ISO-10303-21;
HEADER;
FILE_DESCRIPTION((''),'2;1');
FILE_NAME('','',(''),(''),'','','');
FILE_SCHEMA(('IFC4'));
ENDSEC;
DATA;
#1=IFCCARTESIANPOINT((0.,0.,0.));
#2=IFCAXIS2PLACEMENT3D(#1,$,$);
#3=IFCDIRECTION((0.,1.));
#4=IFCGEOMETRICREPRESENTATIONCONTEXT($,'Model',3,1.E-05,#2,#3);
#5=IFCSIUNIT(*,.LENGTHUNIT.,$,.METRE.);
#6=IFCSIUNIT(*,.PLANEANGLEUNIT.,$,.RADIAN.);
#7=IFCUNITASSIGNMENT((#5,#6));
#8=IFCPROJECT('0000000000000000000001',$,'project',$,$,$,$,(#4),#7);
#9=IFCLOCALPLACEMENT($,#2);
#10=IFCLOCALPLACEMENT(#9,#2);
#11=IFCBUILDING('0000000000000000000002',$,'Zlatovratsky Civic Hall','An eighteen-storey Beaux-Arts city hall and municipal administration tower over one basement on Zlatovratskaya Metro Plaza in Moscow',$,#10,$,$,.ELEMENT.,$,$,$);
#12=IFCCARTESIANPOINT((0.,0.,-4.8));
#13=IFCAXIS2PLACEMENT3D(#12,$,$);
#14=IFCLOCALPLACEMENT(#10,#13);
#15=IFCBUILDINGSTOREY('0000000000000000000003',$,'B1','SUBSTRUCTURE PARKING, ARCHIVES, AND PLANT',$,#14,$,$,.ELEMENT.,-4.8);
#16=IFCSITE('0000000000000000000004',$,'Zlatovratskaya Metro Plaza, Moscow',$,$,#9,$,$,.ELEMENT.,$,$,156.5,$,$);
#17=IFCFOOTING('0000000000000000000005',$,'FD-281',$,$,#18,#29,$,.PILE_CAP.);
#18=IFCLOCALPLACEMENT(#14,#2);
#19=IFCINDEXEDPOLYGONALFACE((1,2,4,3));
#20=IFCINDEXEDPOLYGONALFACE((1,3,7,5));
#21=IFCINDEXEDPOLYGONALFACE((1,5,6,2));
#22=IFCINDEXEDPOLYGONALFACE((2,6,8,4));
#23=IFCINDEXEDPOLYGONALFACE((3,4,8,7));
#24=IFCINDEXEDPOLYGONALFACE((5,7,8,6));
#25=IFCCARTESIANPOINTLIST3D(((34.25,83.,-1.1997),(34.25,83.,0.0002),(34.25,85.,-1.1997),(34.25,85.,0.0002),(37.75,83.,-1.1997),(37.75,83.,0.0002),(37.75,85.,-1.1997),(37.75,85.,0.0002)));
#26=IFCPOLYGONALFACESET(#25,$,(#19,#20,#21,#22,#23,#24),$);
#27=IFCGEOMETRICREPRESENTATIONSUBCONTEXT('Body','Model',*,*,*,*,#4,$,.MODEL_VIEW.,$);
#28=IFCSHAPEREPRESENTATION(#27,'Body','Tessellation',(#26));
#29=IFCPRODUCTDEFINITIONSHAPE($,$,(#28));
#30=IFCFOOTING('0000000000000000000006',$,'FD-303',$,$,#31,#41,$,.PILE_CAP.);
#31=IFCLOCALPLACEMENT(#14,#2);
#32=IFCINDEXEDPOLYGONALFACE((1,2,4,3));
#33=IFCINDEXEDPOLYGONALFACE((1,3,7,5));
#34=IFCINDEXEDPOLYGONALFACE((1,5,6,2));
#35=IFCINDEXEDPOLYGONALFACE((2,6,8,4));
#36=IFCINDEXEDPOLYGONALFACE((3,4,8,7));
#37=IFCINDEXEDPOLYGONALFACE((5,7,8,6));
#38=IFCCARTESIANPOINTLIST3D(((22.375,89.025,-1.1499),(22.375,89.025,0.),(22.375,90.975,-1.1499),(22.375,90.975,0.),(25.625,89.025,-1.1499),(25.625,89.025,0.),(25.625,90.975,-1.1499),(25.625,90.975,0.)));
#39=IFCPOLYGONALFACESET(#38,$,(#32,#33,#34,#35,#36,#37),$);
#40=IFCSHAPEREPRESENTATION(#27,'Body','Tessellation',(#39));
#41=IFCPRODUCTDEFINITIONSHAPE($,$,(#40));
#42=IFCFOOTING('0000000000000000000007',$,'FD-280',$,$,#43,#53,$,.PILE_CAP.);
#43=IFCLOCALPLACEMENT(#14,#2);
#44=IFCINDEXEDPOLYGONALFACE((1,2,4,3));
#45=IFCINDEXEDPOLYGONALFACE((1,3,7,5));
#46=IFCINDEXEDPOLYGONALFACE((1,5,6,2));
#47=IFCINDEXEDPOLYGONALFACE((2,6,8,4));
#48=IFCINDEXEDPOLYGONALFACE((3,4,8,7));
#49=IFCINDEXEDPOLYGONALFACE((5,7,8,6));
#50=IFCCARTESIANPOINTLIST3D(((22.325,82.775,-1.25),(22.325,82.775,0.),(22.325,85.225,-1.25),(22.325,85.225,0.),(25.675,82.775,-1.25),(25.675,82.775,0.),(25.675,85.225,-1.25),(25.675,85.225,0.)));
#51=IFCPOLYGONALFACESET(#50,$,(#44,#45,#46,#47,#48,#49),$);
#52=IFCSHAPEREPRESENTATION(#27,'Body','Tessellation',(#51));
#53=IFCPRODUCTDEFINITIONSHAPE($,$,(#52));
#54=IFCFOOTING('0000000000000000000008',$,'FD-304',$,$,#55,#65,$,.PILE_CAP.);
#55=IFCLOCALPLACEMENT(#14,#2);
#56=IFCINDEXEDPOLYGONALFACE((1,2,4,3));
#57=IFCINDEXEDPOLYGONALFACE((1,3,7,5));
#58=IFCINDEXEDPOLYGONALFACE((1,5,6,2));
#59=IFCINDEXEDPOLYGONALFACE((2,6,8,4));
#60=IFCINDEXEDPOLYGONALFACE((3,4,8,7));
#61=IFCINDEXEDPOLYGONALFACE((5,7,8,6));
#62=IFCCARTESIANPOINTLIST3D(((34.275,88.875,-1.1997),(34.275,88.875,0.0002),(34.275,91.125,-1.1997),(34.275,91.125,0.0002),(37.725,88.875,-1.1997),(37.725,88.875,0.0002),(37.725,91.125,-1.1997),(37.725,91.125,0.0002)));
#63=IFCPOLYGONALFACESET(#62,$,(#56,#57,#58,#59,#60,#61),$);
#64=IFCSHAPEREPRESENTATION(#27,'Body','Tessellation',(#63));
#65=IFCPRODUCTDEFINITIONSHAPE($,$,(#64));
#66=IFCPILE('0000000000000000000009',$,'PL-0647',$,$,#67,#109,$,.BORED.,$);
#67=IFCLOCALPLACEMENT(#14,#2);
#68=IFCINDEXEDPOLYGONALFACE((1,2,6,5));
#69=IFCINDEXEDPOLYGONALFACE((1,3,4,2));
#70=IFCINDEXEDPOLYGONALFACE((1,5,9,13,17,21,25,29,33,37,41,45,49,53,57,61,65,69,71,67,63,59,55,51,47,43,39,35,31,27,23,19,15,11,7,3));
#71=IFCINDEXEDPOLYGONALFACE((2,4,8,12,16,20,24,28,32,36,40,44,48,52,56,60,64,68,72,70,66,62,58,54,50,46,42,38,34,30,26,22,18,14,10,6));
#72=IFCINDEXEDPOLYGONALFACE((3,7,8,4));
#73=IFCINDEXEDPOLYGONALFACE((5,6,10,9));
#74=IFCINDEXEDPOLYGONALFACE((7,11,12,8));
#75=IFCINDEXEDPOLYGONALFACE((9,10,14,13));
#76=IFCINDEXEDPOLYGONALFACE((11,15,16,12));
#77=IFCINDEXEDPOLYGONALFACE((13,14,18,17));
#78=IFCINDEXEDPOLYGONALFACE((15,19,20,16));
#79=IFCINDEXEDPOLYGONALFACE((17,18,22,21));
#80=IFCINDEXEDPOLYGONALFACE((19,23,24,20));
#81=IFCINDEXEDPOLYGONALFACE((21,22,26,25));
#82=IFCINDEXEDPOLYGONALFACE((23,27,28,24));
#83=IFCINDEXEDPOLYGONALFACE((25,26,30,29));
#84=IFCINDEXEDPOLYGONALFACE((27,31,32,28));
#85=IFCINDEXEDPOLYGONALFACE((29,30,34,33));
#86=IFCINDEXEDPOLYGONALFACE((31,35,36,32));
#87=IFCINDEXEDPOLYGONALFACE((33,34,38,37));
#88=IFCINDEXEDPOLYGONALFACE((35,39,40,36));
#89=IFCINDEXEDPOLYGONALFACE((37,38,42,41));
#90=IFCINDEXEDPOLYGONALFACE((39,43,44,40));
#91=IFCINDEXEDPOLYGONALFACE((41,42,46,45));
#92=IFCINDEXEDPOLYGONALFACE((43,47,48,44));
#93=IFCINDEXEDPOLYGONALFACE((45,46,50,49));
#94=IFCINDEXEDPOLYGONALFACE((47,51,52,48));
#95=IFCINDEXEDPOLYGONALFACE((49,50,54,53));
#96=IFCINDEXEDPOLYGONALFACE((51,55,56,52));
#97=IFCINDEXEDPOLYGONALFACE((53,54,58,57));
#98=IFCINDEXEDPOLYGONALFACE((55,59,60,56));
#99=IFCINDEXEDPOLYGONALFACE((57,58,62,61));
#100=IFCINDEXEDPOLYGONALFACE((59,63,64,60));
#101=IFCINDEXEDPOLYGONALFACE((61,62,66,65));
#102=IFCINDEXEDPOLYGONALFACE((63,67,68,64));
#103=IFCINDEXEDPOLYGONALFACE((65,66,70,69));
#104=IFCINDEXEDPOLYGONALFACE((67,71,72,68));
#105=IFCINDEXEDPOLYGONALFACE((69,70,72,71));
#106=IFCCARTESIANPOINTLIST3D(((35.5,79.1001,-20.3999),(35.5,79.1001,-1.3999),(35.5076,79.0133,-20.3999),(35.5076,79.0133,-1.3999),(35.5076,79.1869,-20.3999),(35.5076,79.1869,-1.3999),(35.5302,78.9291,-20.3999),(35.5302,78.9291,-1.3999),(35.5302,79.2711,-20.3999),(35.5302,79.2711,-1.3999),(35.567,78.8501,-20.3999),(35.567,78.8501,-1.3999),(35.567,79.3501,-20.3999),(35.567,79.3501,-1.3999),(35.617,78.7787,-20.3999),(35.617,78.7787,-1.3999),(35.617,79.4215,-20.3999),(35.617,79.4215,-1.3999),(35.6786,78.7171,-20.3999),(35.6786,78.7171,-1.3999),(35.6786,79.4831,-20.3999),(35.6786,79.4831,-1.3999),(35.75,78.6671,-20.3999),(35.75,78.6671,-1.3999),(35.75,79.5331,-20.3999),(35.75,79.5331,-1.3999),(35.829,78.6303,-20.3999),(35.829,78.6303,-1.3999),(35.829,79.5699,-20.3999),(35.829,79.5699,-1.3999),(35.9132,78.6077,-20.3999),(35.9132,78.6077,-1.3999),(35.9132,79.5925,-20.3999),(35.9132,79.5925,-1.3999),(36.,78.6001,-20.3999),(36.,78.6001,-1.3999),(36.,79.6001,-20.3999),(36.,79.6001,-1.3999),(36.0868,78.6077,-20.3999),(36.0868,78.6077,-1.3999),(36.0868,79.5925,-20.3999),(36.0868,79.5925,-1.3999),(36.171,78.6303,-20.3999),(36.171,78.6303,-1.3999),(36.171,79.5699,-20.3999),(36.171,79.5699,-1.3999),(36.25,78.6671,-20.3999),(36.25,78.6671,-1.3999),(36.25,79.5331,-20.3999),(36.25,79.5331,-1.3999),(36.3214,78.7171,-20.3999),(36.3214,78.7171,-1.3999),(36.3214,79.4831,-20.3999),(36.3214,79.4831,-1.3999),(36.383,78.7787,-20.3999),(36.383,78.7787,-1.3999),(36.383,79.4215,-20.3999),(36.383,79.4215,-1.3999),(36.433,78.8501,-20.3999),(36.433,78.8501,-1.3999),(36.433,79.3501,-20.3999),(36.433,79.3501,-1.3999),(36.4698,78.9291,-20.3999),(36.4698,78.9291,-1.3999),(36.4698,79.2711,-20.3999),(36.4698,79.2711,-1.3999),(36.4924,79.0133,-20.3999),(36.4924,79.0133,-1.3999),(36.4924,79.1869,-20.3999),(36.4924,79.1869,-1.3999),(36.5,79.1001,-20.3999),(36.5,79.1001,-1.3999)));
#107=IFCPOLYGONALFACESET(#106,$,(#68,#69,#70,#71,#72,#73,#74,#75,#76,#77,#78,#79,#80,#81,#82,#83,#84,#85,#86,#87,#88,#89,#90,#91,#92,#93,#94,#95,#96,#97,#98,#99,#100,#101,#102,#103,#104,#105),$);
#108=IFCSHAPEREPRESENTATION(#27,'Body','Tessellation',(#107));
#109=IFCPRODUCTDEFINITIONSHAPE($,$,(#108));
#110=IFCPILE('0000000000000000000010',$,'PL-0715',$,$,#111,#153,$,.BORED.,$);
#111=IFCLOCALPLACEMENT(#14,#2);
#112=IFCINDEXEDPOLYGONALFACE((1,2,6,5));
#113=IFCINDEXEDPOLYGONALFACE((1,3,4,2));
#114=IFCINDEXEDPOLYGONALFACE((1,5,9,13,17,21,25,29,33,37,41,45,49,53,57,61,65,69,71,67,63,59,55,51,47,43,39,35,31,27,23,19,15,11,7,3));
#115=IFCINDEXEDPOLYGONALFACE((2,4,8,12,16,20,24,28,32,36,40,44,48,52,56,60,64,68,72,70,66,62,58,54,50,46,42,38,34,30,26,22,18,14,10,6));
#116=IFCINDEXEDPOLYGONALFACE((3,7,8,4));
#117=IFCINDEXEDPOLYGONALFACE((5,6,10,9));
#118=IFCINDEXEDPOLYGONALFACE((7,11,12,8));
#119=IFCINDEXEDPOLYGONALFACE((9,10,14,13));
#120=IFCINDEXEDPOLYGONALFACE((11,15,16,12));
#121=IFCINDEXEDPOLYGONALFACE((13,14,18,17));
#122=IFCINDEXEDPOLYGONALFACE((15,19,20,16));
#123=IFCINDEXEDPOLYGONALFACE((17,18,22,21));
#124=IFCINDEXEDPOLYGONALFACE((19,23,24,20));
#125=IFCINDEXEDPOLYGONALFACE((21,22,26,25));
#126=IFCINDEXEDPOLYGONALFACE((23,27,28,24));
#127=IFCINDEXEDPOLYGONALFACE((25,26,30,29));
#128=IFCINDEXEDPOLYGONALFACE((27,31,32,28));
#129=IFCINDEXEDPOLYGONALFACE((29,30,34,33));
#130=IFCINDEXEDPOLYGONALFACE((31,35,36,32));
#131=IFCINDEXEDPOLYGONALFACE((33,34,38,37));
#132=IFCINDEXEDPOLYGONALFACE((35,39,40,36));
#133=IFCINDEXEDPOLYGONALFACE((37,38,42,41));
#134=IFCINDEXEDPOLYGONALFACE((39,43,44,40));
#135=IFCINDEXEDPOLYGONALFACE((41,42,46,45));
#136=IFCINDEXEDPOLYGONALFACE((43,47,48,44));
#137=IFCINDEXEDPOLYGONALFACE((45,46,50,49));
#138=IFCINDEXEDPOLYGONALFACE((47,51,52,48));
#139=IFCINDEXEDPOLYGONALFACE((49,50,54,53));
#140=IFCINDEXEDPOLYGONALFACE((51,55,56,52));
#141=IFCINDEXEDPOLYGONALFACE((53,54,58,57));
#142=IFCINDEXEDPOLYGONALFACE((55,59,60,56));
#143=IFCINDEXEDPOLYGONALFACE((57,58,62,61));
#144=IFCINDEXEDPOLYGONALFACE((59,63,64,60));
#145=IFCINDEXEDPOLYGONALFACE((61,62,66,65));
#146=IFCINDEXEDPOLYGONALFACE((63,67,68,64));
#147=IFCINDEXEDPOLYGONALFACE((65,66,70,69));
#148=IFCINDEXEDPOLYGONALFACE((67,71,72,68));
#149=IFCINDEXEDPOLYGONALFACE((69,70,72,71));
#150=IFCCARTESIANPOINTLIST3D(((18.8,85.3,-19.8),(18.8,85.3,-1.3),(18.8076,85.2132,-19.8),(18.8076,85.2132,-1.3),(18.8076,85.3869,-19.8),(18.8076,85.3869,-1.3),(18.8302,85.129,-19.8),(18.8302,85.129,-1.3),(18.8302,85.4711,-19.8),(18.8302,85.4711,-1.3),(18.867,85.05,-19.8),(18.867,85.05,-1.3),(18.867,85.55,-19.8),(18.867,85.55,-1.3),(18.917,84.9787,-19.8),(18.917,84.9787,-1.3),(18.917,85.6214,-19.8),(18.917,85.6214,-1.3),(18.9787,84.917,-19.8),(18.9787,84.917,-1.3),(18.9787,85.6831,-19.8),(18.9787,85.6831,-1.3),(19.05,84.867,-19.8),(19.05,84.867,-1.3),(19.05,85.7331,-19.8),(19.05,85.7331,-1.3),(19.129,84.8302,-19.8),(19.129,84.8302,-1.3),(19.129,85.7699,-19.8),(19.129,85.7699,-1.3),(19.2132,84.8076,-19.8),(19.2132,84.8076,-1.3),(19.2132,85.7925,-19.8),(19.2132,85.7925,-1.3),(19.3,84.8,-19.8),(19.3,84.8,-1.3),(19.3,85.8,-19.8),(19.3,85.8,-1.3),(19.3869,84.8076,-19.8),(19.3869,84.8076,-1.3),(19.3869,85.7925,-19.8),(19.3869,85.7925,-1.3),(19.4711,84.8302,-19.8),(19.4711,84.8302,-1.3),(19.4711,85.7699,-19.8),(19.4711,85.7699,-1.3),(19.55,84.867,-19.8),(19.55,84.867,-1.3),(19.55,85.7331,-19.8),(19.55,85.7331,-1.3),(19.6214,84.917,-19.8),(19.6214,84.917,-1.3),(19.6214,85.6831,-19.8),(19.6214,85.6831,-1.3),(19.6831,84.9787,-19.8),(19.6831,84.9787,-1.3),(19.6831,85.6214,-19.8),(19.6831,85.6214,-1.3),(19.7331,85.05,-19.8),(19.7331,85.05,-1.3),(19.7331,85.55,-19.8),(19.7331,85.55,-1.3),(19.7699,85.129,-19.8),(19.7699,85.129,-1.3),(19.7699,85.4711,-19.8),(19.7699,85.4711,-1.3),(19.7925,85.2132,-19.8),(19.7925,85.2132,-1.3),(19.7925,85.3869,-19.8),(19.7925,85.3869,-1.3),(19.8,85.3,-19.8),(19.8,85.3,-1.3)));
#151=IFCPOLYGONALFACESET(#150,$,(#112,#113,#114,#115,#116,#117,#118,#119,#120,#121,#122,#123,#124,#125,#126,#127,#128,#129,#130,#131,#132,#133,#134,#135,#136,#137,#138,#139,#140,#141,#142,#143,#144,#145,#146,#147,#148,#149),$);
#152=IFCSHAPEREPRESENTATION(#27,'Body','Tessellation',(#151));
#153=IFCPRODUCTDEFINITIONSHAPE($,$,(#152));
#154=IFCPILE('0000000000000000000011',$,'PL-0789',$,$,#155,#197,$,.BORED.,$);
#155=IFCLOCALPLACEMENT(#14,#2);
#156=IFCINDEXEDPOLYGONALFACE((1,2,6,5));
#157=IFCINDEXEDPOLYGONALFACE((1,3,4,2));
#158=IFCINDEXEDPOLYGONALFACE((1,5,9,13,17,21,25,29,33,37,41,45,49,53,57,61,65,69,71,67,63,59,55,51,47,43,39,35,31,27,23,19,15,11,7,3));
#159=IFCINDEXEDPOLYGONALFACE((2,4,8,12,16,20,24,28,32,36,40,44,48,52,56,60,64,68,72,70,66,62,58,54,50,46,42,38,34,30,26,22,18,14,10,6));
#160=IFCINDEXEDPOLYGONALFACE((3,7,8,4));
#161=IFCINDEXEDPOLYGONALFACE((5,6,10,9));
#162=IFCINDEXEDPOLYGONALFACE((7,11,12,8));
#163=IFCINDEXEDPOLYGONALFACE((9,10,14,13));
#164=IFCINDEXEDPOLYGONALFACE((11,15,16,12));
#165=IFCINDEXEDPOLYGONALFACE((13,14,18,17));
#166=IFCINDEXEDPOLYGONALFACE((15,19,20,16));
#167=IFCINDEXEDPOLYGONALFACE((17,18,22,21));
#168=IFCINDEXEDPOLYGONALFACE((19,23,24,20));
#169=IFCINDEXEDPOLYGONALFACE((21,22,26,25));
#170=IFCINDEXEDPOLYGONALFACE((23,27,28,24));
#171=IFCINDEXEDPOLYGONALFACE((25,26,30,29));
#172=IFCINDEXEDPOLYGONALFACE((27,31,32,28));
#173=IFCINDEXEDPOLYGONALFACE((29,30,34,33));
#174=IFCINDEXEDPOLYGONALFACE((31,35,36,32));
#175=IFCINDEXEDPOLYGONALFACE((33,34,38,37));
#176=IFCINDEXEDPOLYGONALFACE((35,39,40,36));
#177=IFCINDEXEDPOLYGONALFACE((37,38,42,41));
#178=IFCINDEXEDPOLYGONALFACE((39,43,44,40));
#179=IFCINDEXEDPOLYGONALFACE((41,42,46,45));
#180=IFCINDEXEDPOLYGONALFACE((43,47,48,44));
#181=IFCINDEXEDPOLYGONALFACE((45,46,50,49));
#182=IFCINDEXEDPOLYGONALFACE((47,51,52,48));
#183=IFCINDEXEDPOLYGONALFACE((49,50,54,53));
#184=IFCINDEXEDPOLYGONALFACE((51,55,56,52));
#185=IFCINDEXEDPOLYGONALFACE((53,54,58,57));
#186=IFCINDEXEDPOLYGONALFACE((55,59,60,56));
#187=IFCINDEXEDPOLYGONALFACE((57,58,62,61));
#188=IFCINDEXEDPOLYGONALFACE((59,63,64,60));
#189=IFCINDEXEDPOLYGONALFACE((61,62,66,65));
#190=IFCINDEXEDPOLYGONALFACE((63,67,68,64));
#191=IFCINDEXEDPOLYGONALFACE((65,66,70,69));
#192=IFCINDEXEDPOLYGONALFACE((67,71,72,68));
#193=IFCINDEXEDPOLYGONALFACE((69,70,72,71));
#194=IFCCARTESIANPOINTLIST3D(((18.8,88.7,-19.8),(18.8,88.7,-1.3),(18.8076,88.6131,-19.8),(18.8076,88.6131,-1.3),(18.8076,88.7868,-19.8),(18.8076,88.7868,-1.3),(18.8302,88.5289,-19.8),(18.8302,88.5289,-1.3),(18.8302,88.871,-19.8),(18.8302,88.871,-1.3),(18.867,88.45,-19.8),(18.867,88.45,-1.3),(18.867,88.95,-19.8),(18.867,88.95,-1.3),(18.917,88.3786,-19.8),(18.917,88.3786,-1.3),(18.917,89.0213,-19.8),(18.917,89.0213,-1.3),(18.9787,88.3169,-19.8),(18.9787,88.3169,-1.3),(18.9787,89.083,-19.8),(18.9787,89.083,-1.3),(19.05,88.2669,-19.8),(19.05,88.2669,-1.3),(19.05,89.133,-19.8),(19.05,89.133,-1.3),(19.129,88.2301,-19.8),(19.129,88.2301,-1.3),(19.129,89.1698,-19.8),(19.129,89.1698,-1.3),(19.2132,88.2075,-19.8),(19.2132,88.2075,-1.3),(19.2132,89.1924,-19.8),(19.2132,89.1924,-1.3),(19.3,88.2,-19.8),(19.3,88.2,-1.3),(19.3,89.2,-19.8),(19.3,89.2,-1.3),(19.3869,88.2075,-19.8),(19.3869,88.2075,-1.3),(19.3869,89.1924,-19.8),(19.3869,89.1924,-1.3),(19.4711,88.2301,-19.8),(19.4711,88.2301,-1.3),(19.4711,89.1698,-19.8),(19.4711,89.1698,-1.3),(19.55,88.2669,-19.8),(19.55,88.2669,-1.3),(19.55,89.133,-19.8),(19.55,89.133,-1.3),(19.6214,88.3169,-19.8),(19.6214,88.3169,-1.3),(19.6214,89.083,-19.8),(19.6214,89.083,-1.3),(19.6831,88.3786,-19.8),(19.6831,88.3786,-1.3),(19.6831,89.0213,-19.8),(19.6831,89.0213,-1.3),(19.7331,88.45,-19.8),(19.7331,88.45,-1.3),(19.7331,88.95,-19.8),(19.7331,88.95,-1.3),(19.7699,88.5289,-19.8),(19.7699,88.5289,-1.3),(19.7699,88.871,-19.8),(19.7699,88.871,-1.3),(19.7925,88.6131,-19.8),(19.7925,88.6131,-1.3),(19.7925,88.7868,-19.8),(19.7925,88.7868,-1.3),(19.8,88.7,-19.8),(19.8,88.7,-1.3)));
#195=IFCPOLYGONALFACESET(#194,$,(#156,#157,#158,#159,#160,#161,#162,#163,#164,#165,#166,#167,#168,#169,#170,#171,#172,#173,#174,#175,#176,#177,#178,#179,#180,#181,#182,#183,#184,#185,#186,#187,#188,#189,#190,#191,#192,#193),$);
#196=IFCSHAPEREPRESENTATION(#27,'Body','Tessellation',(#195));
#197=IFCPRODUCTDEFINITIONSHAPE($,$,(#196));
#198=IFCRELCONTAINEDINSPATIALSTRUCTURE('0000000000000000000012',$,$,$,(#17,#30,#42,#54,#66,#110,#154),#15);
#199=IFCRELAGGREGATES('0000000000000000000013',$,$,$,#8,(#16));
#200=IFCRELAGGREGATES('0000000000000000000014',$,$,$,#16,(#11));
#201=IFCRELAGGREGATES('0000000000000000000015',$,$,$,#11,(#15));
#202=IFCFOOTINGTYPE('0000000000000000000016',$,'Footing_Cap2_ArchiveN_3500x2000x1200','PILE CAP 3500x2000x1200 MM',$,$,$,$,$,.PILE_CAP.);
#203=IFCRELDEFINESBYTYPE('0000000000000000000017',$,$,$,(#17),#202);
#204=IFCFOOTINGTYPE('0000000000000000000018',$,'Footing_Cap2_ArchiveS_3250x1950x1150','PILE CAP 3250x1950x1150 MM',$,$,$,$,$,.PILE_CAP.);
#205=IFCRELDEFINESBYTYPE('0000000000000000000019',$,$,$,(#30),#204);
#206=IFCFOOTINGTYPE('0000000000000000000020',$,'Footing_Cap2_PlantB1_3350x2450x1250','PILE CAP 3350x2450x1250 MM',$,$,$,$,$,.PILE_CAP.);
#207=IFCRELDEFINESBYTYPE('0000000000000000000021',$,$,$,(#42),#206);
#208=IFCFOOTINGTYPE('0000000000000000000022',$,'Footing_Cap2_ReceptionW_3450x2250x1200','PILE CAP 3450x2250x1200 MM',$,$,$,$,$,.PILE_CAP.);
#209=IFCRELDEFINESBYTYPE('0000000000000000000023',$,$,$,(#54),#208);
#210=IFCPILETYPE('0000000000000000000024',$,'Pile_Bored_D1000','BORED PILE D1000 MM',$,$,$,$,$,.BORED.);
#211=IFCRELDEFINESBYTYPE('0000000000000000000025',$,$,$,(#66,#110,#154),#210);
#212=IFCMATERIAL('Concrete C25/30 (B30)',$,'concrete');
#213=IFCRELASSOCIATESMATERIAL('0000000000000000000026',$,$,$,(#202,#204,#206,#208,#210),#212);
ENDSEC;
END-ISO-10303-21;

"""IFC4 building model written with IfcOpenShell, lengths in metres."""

from ifc_helpers import new_model, si_unit, direction, frame, origin, origin_2d, place, context, subcontext, project, spatial, rectangle, circle, extrude, material, material_profile, profile_set, type_object, element, save


model = new_model("IFC4")

# Units and contexts
model_context = context("Model", 3, precision=1e-05, world=origin(), true_north=direction((0.0, 1.0)))
body_context = subcontext(model_context, "Body", "Model", "MODEL_VIEW")
ifc_project = project(units=[si_unit("LENGTHUNIT", "METRE"), si_unit("PLANEANGLEUNIT", "RADIAN")], contexts=[model_context])

# Site, building, storey
site_placement = place(None, origin())
site = spatial("IfcSite", under=ifc_project, at=site_placement, Name="Zlatovratskaya Metro Plaza, Moscow", CompositionType="ELEMENT", RefElevation=156.5)
building_placement = place(site_placement, origin())
building = spatial("IfcBuilding", under=site, at=building_placement, Name="Zlatovratsky Civic Hall", Description="An eighteen-storey Beaux-Arts city hall and municipal administration tower over one basement on Zlatovratskaya Metro Plaza in Moscow", CompositionType="ELEMENT")
storey_placement = place(building_placement, frame((0.0, 0.0, -4.8)))
storey = spatial("IfcBuildingStorey", under=building, at=storey_placement, Name="B1", Description="SUBSTRUCTURE PARKING, ARCHIVES, AND PLANT", CompositionType="ELEMENT", Elevation=-4.8)

# Footings
ifc_material_1 = material(Name="Concrete C25/30 (B30)", Category="concrete")
footing_type_1 = type_object("IfcFootingType", Name="Footing_Cap2_ArchiveN_3500x2000x1200", Description="PILE CAP 3500x2000x1200 MM", PredefinedType="PILE_CAP", material=ifc_material_1)
footing_1_placement = place(storey_placement, frame((36.0, 84.0, -1.1997), z_axis=(0.0, 0.0, 1.0), x_axis=(1.0, 0.0, 0.0)))
element("IfcFooting", 1, at=footing_1_placement, inside=storey, type_object=footing_type_1, Name="FD-281", PredefinedType="PILE_CAP", context=body_context, shape_type="SweptSolid", body=[
    extrude(rectangle(XDim=3.5, YDim=2.0, at=origin_2d()), origin(), (0.0, 0.0, 1.0), 1.2),
])
footing_type_2 = type_object("IfcFootingType", Name="Footing_Cap2_ArchiveS_3250x1950x1150", Description="PILE CAP 3250x1950x1150 MM", PredefinedType="PILE_CAP", material=ifc_material_1)
footing_2_placement = place(storey_placement, frame((24.0, 90.0, -1.1499), z_axis=(0.0, 0.0, 1.0), x_axis=(1.0, 0.0, 0.0)))
element("IfcFooting", 2, at=footing_2_placement, inside=storey, type_object=footing_type_2, Name="FD-303", PredefinedType="PILE_CAP", context=body_context, shape_type="SweptSolid", body=[
    extrude(rectangle(XDim=3.25, YDim=1.95, at=origin_2d()), origin(), (0.0, 0.0, 1.0), 1.1499),
])
footing_type_3 = type_object("IfcFootingType", Name="Footing_Cap2_PlantB1_3350x2450x1250", Description="PILE CAP 3350x2450x1250 MM", PredefinedType="PILE_CAP", material=ifc_material_1)
footing_3_placement = place(storey_placement, frame((24.0, 84.0, -1.25), z_axis=(0.0, 0.0, 1.0), x_axis=(1.0, 0.0, 0.0)))
element("IfcFooting", 3, at=footing_3_placement, inside=storey, type_object=footing_type_3, Name="FD-280", PredefinedType="PILE_CAP", context=body_context, shape_type="SweptSolid", body=[
    extrude(rectangle(XDim=3.3501, YDim=2.45, at=origin_2d()), origin(), (0.0, 0.0, 1.0), 1.25),
])
footing_type_4 = type_object("IfcFootingType", Name="Footing_Cap2_ReceptionW_3450x2250x1200", Description="PILE CAP 3450x2250x1200 MM", PredefinedType="PILE_CAP", material=ifc_material_1)
footing_4_placement = place(storey_placement, frame((36.0, 90.0, -1.1997), z_axis=(0.0, 0.0, 1.0), x_axis=(1.0, 0.0, 0.0)))
element("IfcFooting", 4, at=footing_4_placement, inside=storey, type_object=footing_type_4, Name="FD-304", PredefinedType="PILE_CAP", context=body_context, shape_type="SweptSolid", body=[
    extrude(rectangle(XDim=3.45, YDim=2.25, at=origin_2d()), origin(), (0.0, 0.0, 1.0), 1.2),
])

# Piles
ifc_material_profile_1 = material_profile(ifc_material_1, circle(Radius=0.5, at=origin_2d()), Name="PILE D1000")
ifc_profile_set_1 = profile_set([ifc_material_profile_1], Name="Concrete C25/30 (B30)")
pile_type_1 = type_object("IfcPileType", Name="Pile_Bored_D1000", Description="BORED PILE D1000 MM", PredefinedType="BORED", material=ifc_profile_set_1)
pile_1_placement = place(storey_placement, frame((36.0, 79.1001, -1.3999), z_axis=(0.0, 0.0, -1.0), x_axis=(1.0, 0.0, 0.0)))
element("IfcPile", 5, at=pile_1_placement, inside=storey, type_object=pile_type_1, Name="PL-0647", PredefinedType="BORED", context=body_context, shape_type="SweptSolid", body=[
    extrude(circle(Radius=0.5, at=origin_2d()), origin(), (0.0, 0.0, 1.0), 19.0),
])
for number, where, z_axis, x_axis, name in (
    (6, (19.3, 85.3, -1.3), (0.0, 0.0, -1.0), (1.0, 0.0, 0.0), "PL-0715"),
    (7, (19.3, 88.7, -1.3), (0.0, 0.0, -1.0), (1.0, 0.0, 0.0), "PL-0789"),
):
    element("IfcPile", number, at=place(storey_placement, frame(where, z_axis=z_axis, x_axis=x_axis)), inside=storey, type_object=pile_type_1, Name=name, PredefinedType="BORED", context=body_context, shape_type="SweptSolid", body=[
        extrude(circle(Radius=0.5, at=origin_2d()), origin(), (0.0, 0.0, 1.0), 18.5),
    ])

save(model, "model.ifc")
